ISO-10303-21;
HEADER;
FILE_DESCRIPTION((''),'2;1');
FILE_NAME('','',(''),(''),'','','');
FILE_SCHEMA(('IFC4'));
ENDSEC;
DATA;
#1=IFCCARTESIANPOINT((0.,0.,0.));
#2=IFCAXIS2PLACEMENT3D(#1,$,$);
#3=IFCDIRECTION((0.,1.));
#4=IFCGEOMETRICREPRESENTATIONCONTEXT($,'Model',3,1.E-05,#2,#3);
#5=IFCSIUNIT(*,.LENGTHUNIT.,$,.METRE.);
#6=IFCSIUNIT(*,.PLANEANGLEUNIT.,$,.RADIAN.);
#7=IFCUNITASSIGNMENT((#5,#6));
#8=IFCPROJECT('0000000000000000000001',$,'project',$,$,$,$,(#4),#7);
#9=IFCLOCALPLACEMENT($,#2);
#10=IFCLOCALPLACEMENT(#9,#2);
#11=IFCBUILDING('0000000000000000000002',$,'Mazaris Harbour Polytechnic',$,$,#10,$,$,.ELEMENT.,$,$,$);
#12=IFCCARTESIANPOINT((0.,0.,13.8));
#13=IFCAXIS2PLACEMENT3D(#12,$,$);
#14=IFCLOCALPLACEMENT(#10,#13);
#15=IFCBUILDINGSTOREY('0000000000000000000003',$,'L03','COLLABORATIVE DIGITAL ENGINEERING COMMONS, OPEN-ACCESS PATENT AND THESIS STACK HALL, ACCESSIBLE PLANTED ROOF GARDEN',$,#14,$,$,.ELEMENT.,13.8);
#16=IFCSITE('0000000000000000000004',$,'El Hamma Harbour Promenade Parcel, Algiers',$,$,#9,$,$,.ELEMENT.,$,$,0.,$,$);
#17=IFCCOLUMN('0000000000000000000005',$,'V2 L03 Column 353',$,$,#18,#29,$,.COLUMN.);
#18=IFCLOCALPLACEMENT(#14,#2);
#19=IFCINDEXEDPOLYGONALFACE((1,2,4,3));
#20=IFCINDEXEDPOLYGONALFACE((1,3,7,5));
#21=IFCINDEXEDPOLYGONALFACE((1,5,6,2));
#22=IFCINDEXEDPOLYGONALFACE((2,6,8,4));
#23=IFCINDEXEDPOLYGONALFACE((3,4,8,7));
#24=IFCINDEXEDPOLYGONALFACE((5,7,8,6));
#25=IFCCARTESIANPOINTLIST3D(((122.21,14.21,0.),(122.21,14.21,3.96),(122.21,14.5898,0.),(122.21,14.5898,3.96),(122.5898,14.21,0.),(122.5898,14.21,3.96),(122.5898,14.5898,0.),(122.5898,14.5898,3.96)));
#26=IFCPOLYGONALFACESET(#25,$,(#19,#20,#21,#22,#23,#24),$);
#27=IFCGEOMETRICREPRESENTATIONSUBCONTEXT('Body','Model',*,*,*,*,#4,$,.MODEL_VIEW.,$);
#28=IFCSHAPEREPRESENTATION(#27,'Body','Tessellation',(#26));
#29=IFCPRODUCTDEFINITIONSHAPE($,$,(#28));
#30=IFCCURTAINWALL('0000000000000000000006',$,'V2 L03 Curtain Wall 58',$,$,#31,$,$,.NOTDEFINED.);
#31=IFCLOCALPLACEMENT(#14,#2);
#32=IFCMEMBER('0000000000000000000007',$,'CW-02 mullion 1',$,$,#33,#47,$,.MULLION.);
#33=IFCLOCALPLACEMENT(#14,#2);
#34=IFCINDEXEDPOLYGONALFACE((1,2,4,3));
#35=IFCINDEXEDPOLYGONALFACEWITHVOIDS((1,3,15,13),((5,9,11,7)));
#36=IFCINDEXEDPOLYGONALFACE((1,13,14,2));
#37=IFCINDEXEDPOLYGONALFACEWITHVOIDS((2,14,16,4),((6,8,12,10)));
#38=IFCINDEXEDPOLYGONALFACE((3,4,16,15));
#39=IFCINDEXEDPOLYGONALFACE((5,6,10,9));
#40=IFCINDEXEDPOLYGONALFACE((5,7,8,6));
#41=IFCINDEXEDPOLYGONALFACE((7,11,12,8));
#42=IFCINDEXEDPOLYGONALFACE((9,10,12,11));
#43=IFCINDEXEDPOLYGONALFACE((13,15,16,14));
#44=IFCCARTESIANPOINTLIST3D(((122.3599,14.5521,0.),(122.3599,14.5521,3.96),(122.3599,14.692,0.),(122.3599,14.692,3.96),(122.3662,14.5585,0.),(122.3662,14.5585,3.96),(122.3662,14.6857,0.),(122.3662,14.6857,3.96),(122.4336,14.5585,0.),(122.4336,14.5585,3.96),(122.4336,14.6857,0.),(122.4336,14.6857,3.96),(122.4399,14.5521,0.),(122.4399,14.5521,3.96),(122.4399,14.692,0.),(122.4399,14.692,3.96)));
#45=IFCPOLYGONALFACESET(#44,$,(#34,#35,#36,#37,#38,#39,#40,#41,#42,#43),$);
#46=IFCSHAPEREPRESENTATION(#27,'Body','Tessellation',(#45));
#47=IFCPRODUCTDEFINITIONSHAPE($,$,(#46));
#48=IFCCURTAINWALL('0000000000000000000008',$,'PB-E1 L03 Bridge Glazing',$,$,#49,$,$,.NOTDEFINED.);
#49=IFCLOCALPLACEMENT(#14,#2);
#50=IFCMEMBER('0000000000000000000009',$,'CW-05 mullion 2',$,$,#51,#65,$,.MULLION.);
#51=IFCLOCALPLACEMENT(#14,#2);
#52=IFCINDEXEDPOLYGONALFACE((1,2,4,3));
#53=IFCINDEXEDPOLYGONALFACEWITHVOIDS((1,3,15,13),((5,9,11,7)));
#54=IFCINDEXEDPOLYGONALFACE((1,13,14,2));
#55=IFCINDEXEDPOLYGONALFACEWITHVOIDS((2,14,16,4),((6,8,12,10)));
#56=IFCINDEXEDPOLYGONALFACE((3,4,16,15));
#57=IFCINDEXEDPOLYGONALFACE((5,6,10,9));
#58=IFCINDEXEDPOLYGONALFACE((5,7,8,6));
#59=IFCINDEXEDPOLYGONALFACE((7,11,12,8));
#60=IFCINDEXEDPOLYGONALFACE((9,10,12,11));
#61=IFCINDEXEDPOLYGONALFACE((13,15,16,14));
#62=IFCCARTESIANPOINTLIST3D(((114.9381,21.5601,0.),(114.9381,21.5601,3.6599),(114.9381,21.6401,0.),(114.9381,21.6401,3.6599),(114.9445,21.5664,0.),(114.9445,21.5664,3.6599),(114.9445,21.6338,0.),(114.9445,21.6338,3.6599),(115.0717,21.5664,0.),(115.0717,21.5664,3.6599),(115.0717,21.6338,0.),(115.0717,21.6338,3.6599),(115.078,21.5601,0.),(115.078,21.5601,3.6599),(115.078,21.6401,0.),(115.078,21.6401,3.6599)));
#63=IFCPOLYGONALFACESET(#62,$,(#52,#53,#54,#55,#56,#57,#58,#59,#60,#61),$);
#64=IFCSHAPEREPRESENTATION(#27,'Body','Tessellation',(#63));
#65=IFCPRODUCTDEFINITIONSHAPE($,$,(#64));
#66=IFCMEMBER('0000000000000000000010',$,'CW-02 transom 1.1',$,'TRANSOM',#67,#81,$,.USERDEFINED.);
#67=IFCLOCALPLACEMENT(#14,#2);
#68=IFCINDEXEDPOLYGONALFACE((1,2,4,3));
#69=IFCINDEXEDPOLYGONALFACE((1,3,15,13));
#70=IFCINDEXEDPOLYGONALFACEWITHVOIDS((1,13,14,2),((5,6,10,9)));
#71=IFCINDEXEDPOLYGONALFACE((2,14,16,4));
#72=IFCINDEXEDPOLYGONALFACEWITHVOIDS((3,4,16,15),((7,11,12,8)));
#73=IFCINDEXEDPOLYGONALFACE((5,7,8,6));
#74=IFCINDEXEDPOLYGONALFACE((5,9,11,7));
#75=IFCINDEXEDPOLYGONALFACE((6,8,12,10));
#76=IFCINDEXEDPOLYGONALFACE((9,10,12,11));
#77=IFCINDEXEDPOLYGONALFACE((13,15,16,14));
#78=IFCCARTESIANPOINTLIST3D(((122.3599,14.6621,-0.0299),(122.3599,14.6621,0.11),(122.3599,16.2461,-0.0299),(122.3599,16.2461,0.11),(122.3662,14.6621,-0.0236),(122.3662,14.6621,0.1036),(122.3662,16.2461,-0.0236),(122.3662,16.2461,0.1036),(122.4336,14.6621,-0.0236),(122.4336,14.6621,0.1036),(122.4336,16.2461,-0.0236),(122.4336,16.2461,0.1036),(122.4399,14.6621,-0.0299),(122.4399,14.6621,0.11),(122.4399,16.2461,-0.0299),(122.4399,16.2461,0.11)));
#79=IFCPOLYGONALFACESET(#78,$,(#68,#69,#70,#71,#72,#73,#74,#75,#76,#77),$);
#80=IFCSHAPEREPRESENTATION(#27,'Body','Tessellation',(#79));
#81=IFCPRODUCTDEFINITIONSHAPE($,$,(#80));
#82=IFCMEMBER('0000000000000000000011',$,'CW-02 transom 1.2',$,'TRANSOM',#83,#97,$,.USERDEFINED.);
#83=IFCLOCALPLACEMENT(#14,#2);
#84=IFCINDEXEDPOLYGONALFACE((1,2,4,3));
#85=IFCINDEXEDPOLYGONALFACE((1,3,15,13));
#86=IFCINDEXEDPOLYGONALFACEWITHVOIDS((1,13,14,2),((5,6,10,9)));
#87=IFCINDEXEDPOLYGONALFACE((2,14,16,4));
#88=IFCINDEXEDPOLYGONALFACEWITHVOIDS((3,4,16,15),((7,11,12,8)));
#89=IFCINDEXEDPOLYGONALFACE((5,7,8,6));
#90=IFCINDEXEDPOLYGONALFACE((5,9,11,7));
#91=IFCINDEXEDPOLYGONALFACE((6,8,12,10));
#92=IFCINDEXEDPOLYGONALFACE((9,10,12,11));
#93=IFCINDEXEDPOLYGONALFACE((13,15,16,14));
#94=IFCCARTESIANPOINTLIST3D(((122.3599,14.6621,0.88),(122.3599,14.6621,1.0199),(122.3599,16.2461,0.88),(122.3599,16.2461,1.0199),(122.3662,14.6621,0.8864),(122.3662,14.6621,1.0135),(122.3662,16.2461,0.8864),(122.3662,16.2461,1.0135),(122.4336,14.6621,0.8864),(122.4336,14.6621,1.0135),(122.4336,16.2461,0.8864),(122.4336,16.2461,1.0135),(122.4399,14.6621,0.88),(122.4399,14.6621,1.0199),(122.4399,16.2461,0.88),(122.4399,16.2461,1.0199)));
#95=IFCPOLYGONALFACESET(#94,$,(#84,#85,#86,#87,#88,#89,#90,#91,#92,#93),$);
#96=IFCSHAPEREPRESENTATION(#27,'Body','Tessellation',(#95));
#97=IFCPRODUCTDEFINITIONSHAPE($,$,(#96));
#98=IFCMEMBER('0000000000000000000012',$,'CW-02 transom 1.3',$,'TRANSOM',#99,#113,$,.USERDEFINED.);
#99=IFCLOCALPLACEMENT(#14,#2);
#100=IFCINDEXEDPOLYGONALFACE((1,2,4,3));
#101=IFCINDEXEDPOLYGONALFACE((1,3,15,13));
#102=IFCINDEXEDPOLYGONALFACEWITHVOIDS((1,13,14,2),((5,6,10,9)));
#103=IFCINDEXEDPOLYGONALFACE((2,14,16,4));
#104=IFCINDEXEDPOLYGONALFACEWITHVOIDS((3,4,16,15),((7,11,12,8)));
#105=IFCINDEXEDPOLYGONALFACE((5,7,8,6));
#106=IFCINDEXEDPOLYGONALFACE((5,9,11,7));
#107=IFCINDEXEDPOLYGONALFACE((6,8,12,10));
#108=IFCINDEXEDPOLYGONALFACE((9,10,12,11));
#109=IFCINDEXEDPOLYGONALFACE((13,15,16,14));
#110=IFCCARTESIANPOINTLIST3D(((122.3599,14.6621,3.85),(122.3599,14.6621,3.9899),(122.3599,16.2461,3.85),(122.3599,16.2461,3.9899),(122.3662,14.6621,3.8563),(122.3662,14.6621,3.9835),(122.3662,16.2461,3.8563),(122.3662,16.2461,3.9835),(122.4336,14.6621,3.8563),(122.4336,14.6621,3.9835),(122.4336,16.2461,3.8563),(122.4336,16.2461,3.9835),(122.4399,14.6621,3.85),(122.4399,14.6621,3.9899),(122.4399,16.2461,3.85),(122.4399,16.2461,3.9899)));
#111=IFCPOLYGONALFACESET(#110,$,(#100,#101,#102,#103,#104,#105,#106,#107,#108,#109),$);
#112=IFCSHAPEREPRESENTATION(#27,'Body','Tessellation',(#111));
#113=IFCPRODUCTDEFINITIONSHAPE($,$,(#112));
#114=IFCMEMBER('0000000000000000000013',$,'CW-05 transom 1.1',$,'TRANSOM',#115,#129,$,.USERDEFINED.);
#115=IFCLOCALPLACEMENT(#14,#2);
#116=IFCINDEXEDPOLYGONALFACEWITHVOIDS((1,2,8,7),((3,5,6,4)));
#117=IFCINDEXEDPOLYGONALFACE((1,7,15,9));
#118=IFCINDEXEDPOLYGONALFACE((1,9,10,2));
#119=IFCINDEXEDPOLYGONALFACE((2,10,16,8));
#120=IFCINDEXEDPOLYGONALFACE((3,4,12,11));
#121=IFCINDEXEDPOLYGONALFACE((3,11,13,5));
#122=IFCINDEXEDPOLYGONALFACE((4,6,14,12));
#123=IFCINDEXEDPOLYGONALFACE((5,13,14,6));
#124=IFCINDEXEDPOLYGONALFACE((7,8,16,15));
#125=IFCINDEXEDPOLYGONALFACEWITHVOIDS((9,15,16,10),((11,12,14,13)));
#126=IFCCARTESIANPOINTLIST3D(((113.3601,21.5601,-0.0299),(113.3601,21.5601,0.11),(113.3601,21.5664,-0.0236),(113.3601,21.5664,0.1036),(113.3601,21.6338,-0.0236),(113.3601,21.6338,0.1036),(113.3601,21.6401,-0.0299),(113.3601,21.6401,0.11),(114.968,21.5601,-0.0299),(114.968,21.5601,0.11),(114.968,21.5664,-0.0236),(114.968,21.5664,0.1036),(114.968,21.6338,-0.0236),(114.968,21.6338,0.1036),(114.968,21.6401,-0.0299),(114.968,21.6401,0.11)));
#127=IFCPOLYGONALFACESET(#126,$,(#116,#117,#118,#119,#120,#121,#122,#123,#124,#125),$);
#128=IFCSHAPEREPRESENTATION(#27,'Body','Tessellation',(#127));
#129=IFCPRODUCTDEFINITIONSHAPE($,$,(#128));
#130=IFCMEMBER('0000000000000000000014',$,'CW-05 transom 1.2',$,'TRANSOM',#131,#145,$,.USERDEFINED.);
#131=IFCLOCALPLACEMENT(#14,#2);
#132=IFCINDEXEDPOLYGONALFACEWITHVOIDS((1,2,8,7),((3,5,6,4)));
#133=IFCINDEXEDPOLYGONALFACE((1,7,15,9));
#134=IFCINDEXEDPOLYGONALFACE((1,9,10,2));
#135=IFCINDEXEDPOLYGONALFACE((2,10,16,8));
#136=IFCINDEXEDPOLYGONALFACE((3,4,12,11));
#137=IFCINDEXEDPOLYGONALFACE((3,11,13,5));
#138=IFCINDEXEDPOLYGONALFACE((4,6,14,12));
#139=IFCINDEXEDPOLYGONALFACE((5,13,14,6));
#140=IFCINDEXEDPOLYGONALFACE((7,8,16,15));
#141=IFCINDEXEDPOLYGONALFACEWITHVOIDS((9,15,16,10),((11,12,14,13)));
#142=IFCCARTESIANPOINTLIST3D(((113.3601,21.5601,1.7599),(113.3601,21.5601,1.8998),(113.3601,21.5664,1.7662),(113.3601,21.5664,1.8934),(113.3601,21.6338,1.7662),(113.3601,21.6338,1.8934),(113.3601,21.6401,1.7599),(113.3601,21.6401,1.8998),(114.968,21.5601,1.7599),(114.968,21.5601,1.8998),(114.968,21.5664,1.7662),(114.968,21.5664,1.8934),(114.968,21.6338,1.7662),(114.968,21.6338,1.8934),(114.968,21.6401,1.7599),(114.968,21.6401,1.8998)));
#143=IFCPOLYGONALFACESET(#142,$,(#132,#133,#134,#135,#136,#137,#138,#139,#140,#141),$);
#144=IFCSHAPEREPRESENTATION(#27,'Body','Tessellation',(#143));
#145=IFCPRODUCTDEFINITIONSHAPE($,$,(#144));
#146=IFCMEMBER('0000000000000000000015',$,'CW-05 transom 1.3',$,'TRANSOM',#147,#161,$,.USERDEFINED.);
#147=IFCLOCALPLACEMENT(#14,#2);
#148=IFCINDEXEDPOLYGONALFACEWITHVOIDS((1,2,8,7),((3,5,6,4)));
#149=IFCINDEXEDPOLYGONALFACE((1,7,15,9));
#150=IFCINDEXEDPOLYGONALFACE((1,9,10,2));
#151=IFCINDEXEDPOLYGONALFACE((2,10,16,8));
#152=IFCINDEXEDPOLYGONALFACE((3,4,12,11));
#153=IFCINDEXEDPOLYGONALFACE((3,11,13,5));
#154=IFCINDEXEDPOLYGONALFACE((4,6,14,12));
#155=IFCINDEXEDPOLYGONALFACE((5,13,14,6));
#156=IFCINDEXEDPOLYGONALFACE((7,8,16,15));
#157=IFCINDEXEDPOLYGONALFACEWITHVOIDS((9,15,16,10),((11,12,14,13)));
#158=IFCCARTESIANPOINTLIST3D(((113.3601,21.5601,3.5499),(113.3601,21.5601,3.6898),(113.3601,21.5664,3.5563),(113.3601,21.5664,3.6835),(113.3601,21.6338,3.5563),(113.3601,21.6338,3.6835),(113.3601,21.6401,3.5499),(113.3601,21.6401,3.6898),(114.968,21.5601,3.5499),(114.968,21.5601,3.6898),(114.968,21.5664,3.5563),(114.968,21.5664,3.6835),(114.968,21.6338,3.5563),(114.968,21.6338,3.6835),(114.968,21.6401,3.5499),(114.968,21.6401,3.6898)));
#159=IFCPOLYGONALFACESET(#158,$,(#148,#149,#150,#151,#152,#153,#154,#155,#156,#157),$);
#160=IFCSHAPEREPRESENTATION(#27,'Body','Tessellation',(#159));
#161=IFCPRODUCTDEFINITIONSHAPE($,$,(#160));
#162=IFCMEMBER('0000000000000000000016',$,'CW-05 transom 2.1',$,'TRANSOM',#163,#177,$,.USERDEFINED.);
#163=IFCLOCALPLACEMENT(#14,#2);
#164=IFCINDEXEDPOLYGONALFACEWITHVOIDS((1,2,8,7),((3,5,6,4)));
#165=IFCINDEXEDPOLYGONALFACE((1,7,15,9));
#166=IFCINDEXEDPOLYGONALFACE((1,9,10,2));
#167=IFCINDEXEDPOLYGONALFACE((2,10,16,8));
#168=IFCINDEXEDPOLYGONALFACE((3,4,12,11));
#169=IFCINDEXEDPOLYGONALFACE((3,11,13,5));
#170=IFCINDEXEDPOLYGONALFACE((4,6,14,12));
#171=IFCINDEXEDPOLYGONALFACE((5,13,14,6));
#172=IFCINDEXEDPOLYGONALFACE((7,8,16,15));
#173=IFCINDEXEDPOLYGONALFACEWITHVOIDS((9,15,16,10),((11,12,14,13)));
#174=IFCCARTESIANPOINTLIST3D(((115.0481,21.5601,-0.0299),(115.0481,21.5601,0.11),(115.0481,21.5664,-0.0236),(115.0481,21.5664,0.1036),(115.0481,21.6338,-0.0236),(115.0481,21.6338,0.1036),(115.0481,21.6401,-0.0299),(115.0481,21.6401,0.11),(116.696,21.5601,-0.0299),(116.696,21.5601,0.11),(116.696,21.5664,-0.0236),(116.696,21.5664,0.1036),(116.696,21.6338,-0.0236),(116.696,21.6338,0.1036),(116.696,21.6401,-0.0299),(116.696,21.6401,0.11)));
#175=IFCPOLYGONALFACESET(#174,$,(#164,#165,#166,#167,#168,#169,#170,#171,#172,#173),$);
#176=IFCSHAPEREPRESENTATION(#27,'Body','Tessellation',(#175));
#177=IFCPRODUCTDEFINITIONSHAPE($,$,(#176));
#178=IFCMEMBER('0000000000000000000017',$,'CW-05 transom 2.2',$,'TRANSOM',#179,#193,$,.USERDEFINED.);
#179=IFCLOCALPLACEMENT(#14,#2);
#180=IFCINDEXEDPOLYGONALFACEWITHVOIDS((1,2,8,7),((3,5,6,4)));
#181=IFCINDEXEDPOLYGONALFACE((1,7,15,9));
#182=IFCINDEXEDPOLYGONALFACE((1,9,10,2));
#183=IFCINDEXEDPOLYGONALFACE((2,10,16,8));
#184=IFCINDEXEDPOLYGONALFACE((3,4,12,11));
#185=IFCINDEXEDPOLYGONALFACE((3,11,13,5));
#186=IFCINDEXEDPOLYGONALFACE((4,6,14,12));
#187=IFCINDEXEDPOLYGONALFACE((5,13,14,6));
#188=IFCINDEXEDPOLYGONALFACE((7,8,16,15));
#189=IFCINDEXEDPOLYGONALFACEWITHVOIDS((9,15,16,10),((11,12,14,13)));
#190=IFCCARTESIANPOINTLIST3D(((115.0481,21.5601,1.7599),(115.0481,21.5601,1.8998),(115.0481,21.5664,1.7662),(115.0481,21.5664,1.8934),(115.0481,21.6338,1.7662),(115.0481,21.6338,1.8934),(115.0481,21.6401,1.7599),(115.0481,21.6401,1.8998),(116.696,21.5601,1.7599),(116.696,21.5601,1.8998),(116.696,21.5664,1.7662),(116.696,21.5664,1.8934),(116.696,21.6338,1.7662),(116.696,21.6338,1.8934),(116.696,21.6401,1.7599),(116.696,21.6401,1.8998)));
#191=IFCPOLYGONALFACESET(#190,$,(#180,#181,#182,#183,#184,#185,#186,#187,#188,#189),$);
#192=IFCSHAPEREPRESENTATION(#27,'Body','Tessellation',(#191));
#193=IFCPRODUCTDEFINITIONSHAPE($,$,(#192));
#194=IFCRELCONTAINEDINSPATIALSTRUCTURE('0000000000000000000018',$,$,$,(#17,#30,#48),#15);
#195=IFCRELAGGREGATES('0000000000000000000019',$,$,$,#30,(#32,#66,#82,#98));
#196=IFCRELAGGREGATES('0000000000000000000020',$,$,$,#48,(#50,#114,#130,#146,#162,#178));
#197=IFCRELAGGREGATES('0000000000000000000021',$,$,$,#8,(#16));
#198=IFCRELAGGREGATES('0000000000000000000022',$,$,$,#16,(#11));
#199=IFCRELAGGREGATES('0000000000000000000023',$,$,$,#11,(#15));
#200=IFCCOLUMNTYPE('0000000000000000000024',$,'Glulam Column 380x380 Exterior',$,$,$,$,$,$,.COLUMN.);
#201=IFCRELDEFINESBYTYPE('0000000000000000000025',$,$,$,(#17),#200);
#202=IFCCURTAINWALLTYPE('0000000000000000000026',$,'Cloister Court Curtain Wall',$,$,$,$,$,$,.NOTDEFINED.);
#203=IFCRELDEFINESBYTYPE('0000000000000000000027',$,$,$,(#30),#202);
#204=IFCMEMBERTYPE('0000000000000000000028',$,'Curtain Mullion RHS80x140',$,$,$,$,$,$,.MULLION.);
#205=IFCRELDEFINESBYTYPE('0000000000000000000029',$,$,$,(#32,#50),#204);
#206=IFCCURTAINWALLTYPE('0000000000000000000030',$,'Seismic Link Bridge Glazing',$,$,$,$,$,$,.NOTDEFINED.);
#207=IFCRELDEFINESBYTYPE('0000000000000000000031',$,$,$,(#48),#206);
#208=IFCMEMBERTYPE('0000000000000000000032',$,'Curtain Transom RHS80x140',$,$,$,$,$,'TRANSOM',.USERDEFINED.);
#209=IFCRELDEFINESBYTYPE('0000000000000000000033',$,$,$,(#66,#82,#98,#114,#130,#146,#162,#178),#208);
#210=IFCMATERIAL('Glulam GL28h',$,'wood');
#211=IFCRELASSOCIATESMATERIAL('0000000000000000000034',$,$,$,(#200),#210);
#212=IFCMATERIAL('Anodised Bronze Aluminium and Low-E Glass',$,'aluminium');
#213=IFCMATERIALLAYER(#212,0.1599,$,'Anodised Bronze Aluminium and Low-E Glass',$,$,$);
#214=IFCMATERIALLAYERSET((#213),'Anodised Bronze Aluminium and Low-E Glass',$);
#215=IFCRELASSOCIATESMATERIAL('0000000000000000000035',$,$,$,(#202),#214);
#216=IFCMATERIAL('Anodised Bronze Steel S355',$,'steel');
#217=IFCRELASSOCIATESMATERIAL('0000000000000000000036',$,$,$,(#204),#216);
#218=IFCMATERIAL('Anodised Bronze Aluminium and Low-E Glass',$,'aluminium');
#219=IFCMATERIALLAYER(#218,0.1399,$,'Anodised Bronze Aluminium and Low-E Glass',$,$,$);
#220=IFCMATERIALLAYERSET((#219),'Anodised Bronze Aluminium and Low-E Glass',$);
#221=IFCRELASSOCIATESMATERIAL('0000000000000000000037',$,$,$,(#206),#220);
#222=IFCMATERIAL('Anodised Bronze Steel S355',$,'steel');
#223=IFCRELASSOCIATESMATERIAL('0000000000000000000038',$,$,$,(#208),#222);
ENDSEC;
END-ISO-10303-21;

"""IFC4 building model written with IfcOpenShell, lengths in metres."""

from ifc_helpers import new_model, si_unit, direction, frame, origin, origin_2d, place, context, subcontext, project, spatial, rectangle, hollow_rectangle, extrude, material, layer, layer_set, material_profile, profile_set, type_object, element, aggregate, save


model = new_model("IFC4")

# Units and contexts
model_context = context("Model", 3, precision=1e-05, world=origin(), true_north=direction((0.0, 1.0)))
body_context = subcontext(model_context, "Body", "Model", "MODEL_VIEW")
ifc_project = project(units=[si_unit("LENGTHUNIT", "METRE"), si_unit("PLANEANGLEUNIT", "RADIAN")], contexts=[model_context])

# Site, building, storey
site_placement = place(None, origin())
site = spatial("IfcSite", under=ifc_project, at=site_placement, Name="El Hamma Harbour Promenade Parcel, Algiers", CompositionType="ELEMENT", RefElevation=0.0)
building_placement = place(site_placement, origin())
building = spatial("IfcBuilding", under=site, at=building_placement, Name="Mazaris Harbour Polytechnic", CompositionType="ELEMENT")
storey_placement = place(building_placement, frame((0.0, 0.0, 13.8)))
storey = spatial("IfcBuildingStorey", under=building, at=storey_placement, Name="L03", Description="COLLABORATIVE DIGITAL ENGINEERING COMMONS, OPEN-ACCESS PATENT AND THESIS STACK HALL, ACCESSIBLE PLANTED ROOF GARDEN", CompositionType="ELEMENT", Elevation=13.8)

# Column
ifc_material_1 = material(Name="Glulam GL28h", Category="wood")
ifc_material_profile_1 = material_profile(ifc_material_1, rectangle(XDim=0.3799, YDim=0.3799, at=origin_2d()), Name="RECT380x380")
ifc_profile_set_1 = profile_set([ifc_material_profile_1], Name="Glulam GL28h")
column_type = type_object("IfcColumnType", Name="Glulam Column 380x380 Exterior", PredefinedType="COLUMN", material=ifc_profile_set_1)
column_placement = place(storey_placement, frame((122.3999, 14.3999, 0.0), z_axis=(0.0, 0.0, 1.0), x_axis=(1.0, 0.0, 0.0)))
element("IfcColumn", 1, at=column_placement, inside=storey, type_object=column_type, Name="V2 L03 Column 353", PredefinedType="COLUMN", context=body_context, shape_type="SweptSolid", body=[
    extrude(rectangle(XDim=0.3799, YDim=0.3799, at=origin_2d()), origin(), (0.0, 0.0, 1.0), 3.96),
])

# Curtain walls, members
ifc_material_2 = material(Name="Anodised Bronze Aluminium and Low-E Glass", Category="aluminium")
ifc_layer_1 = layer(ifc_material_2, 0.1599, Name="Anodised Bronze Aluminium and Low-E Glass")
ifc_layer_set_1 = layer_set([ifc_layer_1], Name="Anodised Bronze Aluminium and Low-E Glass")
curtain_wall_type_1 = type_object("IfcCurtainWallType", Name="Cloister Court Curtain Wall", PredefinedType="NOTDEFINED", material=ifc_layer_set_1)
curtain_wall_1_placement = place(storey_placement, origin())
curtain_wall_1 = element("IfcCurtainWall", 2, at=curtain_wall_1_placement, inside=storey, type_object=curtain_wall_type_1, Name="V2 L03 Curtain Wall 58", PredefinedType="NOTDEFINED")
ifc_material_3 = material(Name="Anodised Bronze Steel S355", Category="steel")
ifc_material_profile_2 = material_profile(ifc_material_3, hollow_rectangle(XDim=0.0801, YDim=0.1399, WallThickness=0.0063, at=origin_2d()), Name="RHS 80x140x6.3")
ifc_profile_set_2 = profile_set([ifc_material_profile_2], Name="Anodised Bronze Steel S355")
member_type_1 = type_object("IfcMemberType", Name="Curtain Mullion RHS80x140", PredefinedType="MULLION", material=ifc_profile_set_2)
member_1_placement = place(storey_placement, frame((122.3999, 14.6221, 0.0), z_axis=(0.0, 0.0, 1.0), x_axis=(-1.0, 0.0, 0.0)))
member_1 = element("IfcMember", 3, at=member_1_placement, type_object=member_type_1, Name="CW-02 mullion 1", PredefinedType="MULLION", context=body_context, shape_type="SweptSolid", body=[
    extrude(hollow_rectangle(XDim=0.0801, YDim=0.1399, WallThickness=0.0063, at=origin_2d()), origin(), (0.0, 0.0, 1.0), 3.96),
])
ifc_material_4 = material(Name="Anodised Bronze Aluminium and Low-E Glass", Category="aluminium")
ifc_layer_2 = layer(ifc_material_4, 0.1399, Name="Anodised Bronze Aluminium and Low-E Glass")
ifc_layer_set_2 = layer_set([ifc_layer_2], Name="Anodised Bronze Aluminium and Low-E Glass")
curtain_wall_type_2 = type_object("IfcCurtainWallType", Name="Seismic Link Bridge Glazing", PredefinedType="NOTDEFINED", material=ifc_layer_set_2)
curtain_wall_2_placement = place(storey_placement, origin())
curtain_wall_2 = element("IfcCurtainWall", 4, at=curtain_wall_2_placement, inside=storey, type_object=curtain_wall_type_2, Name="PB-E1 L03 Bridge Glazing", PredefinedType="NOTDEFINED")
member_2_placement = place(storey_placement, frame((115.0081, 21.6001, 0.0), z_axis=(0.0, 0.0, 1.0), x_axis=(0.0, 1.0, 0.0)))
member_2 = element("IfcMember", 5, at=member_2_placement, type_object=member_type_1, Name="CW-05 mullion 2", PredefinedType="MULLION", context=body_context, shape_type="SweptSolid", body=[
    extrude(hollow_rectangle(XDim=0.0801, YDim=0.1399, WallThickness=0.0063, at=origin_2d()), origin(), (0.0, 0.0, 1.0), 3.6599),
])

# Members
ifc_material_5 = material(Name="Anodised Bronze Steel S355", Category="steel")
ifc_material_profile_3 = material_profile(ifc_material_5, hollow_rectangle(XDim=0.0801, YDim=0.1399, WallThickness=0.0063, at=origin_2d()), Name="RHS 80x140x6.3")
ifc_profile_set_3 = profile_set([ifc_material_profile_3], Name="Anodised Bronze Steel S355")
member_type_2 = type_object("IfcMemberType", Name="Curtain Transom RHS80x140", ElementType="TRANSOM", PredefinedType="USERDEFINED", material=ifc_profile_set_3)
member_3_placement = place(storey_placement, frame((122.3999, 14.6621, 0.04), z_axis=(0.0, 1.0, 0.0), x_axis=(-1.0, 0.0, 0.0)))
member_3 = element("IfcMember", 6, at=member_3_placement, type_object=member_type_2, Name="CW-02 transom 1.1", ObjectType="TRANSOM", PredefinedType="USERDEFINED", context=body_context, shape_type="SweptSolid", body=[
    extrude(hollow_rectangle(XDim=0.0801, YDim=0.1399, WallThickness=0.0063, at=origin_2d()), origin(), (0.0, 0.0, 1.0), 1.584),
])
member_4_placement = place(storey_placement, frame((122.3999, 14.6621, 0.95), z_axis=(0.0, 1.0, 0.0), x_axis=(-1.0, 0.0, 0.0)))
member_4 = element("IfcMember", 7, at=member_4_placement, type_object=member_type_2, Name="CW-02 transom 1.2", ObjectType="TRANSOM", PredefinedType="USERDEFINED", context=body_context, shape_type="SweptSolid", body=[
    extrude(hollow_rectangle(XDim=0.0801, YDim=0.1399, WallThickness=0.0063, at=origin_2d()), origin(), (0.0, 0.0, 1.0), 1.584),
])
member_5_placement = place(storey_placement, frame((122.3999, 14.6621, 3.9199), z_axis=(0.0, 1.0, 0.0), x_axis=(-1.0, 0.0, 0.0)))
member_5 = element("IfcMember", 8, at=member_5_placement, type_object=member_type_2, Name="CW-02 transom 1.3", ObjectType="TRANSOM", PredefinedType="USERDEFINED", context=body_context, shape_type="SweptSolid", body=[
    extrude(hollow_rectangle(XDim=0.0801, YDim=0.1399, WallThickness=0.0063, at=origin_2d()), origin(), (0.0, 0.0, 1.0), 1.584),
])
member_6_placement = place(storey_placement, frame((113.3601, 21.6001, 0.04), z_axis=(1.0, 0.0, 0.0), x_axis=(0.0, 1.0, 0.0)))
member_6 = element("IfcMember", 9, at=member_6_placement, type_object=member_type_2, Name="CW-05 transom 1.1", ObjectType="TRANSOM", PredefinedType="USERDEFINED", context=body_context, shape_type="SweptSolid", body=[
    extrude(hollow_rectangle(XDim=0.0801, YDim=0.1399, WallThickness=0.0063, at=origin_2d()), origin(), (0.0, 0.0, 1.0), 1.6079),
])
member_7_placement = place(storey_placement, frame((113.3601, 21.6001, 1.8298), z_axis=(1.0, 0.0, 0.0), x_axis=(0.0, 1.0, 0.0)))
member_7 = element("IfcMember", 10, at=member_7_placement, type_object=member_type_2, Name="CW-05 transom 1.2", ObjectType="TRANSOM", PredefinedType="USERDEFINED", context=body_context, shape_type="SweptSolid", body=[
    extrude(hollow_rectangle(XDim=0.0801, YDim=0.1399, WallThickness=0.0063, at=origin_2d()), origin(), (0.0, 0.0, 1.0), 1.6079),
])
member_8_placement = place(storey_placement, frame((113.3601, 21.6001, 3.6199), z_axis=(1.0, 0.0, 0.0), x_axis=(0.0, 1.0, 0.0)))
member_8 = element("IfcMember", 11, at=member_8_placement, type_object=member_type_2, Name="CW-05 transom 1.3", ObjectType="TRANSOM", PredefinedType="USERDEFINED", context=body_context, shape_type="SweptSolid", body=[
    extrude(hollow_rectangle(XDim=0.0801, YDim=0.1399, WallThickness=0.0063, at=origin_2d()), origin(), (0.0, 0.0, 1.0), 1.6079),
])
member_9_placement = place(storey_placement, frame((115.0481, 21.6001, 0.04), z_axis=(1.0, 0.0, 0.0), x_axis=(0.0, 1.0, 0.0)))
member_9 = element("IfcMember", 12, at=member_9_placement, type_object=member_type_2, Name="CW-05 transom 2.1", ObjectType="TRANSOM", PredefinedType="USERDEFINED", context=body_context, shape_type="SweptSolid", body=[
    extrude(hollow_rectangle(XDim=0.0801, YDim=0.1399, WallThickness=0.0063, at=origin_2d()), origin(), (0.0, 0.0, 1.0), 1.6479),
])
member_10_placement = place(storey_placement, frame((115.0481, 21.6001, 1.8298), z_axis=(1.0, 0.0, 0.0), x_axis=(0.0, 1.0, 0.0)))
member_10 = element("IfcMember", 13, at=member_10_placement, type_object=member_type_2, Name="CW-05 transom 2.2", ObjectType="TRANSOM", PredefinedType="USERDEFINED", context=body_context, shape_type="SweptSolid", body=[
    extrude(hollow_rectangle(XDim=0.0801, YDim=0.1399, WallThickness=0.0063, at=origin_2d()), origin(), (0.0, 0.0, 1.0), 1.6479),
])

aggregate(curtain_wall_1, [member_1, member_3, member_4, member_5])
aggregate(curtain_wall_2, [member_2, member_6, member_7, member_8, member_9, member_10])

save(model, "model.ifc")
